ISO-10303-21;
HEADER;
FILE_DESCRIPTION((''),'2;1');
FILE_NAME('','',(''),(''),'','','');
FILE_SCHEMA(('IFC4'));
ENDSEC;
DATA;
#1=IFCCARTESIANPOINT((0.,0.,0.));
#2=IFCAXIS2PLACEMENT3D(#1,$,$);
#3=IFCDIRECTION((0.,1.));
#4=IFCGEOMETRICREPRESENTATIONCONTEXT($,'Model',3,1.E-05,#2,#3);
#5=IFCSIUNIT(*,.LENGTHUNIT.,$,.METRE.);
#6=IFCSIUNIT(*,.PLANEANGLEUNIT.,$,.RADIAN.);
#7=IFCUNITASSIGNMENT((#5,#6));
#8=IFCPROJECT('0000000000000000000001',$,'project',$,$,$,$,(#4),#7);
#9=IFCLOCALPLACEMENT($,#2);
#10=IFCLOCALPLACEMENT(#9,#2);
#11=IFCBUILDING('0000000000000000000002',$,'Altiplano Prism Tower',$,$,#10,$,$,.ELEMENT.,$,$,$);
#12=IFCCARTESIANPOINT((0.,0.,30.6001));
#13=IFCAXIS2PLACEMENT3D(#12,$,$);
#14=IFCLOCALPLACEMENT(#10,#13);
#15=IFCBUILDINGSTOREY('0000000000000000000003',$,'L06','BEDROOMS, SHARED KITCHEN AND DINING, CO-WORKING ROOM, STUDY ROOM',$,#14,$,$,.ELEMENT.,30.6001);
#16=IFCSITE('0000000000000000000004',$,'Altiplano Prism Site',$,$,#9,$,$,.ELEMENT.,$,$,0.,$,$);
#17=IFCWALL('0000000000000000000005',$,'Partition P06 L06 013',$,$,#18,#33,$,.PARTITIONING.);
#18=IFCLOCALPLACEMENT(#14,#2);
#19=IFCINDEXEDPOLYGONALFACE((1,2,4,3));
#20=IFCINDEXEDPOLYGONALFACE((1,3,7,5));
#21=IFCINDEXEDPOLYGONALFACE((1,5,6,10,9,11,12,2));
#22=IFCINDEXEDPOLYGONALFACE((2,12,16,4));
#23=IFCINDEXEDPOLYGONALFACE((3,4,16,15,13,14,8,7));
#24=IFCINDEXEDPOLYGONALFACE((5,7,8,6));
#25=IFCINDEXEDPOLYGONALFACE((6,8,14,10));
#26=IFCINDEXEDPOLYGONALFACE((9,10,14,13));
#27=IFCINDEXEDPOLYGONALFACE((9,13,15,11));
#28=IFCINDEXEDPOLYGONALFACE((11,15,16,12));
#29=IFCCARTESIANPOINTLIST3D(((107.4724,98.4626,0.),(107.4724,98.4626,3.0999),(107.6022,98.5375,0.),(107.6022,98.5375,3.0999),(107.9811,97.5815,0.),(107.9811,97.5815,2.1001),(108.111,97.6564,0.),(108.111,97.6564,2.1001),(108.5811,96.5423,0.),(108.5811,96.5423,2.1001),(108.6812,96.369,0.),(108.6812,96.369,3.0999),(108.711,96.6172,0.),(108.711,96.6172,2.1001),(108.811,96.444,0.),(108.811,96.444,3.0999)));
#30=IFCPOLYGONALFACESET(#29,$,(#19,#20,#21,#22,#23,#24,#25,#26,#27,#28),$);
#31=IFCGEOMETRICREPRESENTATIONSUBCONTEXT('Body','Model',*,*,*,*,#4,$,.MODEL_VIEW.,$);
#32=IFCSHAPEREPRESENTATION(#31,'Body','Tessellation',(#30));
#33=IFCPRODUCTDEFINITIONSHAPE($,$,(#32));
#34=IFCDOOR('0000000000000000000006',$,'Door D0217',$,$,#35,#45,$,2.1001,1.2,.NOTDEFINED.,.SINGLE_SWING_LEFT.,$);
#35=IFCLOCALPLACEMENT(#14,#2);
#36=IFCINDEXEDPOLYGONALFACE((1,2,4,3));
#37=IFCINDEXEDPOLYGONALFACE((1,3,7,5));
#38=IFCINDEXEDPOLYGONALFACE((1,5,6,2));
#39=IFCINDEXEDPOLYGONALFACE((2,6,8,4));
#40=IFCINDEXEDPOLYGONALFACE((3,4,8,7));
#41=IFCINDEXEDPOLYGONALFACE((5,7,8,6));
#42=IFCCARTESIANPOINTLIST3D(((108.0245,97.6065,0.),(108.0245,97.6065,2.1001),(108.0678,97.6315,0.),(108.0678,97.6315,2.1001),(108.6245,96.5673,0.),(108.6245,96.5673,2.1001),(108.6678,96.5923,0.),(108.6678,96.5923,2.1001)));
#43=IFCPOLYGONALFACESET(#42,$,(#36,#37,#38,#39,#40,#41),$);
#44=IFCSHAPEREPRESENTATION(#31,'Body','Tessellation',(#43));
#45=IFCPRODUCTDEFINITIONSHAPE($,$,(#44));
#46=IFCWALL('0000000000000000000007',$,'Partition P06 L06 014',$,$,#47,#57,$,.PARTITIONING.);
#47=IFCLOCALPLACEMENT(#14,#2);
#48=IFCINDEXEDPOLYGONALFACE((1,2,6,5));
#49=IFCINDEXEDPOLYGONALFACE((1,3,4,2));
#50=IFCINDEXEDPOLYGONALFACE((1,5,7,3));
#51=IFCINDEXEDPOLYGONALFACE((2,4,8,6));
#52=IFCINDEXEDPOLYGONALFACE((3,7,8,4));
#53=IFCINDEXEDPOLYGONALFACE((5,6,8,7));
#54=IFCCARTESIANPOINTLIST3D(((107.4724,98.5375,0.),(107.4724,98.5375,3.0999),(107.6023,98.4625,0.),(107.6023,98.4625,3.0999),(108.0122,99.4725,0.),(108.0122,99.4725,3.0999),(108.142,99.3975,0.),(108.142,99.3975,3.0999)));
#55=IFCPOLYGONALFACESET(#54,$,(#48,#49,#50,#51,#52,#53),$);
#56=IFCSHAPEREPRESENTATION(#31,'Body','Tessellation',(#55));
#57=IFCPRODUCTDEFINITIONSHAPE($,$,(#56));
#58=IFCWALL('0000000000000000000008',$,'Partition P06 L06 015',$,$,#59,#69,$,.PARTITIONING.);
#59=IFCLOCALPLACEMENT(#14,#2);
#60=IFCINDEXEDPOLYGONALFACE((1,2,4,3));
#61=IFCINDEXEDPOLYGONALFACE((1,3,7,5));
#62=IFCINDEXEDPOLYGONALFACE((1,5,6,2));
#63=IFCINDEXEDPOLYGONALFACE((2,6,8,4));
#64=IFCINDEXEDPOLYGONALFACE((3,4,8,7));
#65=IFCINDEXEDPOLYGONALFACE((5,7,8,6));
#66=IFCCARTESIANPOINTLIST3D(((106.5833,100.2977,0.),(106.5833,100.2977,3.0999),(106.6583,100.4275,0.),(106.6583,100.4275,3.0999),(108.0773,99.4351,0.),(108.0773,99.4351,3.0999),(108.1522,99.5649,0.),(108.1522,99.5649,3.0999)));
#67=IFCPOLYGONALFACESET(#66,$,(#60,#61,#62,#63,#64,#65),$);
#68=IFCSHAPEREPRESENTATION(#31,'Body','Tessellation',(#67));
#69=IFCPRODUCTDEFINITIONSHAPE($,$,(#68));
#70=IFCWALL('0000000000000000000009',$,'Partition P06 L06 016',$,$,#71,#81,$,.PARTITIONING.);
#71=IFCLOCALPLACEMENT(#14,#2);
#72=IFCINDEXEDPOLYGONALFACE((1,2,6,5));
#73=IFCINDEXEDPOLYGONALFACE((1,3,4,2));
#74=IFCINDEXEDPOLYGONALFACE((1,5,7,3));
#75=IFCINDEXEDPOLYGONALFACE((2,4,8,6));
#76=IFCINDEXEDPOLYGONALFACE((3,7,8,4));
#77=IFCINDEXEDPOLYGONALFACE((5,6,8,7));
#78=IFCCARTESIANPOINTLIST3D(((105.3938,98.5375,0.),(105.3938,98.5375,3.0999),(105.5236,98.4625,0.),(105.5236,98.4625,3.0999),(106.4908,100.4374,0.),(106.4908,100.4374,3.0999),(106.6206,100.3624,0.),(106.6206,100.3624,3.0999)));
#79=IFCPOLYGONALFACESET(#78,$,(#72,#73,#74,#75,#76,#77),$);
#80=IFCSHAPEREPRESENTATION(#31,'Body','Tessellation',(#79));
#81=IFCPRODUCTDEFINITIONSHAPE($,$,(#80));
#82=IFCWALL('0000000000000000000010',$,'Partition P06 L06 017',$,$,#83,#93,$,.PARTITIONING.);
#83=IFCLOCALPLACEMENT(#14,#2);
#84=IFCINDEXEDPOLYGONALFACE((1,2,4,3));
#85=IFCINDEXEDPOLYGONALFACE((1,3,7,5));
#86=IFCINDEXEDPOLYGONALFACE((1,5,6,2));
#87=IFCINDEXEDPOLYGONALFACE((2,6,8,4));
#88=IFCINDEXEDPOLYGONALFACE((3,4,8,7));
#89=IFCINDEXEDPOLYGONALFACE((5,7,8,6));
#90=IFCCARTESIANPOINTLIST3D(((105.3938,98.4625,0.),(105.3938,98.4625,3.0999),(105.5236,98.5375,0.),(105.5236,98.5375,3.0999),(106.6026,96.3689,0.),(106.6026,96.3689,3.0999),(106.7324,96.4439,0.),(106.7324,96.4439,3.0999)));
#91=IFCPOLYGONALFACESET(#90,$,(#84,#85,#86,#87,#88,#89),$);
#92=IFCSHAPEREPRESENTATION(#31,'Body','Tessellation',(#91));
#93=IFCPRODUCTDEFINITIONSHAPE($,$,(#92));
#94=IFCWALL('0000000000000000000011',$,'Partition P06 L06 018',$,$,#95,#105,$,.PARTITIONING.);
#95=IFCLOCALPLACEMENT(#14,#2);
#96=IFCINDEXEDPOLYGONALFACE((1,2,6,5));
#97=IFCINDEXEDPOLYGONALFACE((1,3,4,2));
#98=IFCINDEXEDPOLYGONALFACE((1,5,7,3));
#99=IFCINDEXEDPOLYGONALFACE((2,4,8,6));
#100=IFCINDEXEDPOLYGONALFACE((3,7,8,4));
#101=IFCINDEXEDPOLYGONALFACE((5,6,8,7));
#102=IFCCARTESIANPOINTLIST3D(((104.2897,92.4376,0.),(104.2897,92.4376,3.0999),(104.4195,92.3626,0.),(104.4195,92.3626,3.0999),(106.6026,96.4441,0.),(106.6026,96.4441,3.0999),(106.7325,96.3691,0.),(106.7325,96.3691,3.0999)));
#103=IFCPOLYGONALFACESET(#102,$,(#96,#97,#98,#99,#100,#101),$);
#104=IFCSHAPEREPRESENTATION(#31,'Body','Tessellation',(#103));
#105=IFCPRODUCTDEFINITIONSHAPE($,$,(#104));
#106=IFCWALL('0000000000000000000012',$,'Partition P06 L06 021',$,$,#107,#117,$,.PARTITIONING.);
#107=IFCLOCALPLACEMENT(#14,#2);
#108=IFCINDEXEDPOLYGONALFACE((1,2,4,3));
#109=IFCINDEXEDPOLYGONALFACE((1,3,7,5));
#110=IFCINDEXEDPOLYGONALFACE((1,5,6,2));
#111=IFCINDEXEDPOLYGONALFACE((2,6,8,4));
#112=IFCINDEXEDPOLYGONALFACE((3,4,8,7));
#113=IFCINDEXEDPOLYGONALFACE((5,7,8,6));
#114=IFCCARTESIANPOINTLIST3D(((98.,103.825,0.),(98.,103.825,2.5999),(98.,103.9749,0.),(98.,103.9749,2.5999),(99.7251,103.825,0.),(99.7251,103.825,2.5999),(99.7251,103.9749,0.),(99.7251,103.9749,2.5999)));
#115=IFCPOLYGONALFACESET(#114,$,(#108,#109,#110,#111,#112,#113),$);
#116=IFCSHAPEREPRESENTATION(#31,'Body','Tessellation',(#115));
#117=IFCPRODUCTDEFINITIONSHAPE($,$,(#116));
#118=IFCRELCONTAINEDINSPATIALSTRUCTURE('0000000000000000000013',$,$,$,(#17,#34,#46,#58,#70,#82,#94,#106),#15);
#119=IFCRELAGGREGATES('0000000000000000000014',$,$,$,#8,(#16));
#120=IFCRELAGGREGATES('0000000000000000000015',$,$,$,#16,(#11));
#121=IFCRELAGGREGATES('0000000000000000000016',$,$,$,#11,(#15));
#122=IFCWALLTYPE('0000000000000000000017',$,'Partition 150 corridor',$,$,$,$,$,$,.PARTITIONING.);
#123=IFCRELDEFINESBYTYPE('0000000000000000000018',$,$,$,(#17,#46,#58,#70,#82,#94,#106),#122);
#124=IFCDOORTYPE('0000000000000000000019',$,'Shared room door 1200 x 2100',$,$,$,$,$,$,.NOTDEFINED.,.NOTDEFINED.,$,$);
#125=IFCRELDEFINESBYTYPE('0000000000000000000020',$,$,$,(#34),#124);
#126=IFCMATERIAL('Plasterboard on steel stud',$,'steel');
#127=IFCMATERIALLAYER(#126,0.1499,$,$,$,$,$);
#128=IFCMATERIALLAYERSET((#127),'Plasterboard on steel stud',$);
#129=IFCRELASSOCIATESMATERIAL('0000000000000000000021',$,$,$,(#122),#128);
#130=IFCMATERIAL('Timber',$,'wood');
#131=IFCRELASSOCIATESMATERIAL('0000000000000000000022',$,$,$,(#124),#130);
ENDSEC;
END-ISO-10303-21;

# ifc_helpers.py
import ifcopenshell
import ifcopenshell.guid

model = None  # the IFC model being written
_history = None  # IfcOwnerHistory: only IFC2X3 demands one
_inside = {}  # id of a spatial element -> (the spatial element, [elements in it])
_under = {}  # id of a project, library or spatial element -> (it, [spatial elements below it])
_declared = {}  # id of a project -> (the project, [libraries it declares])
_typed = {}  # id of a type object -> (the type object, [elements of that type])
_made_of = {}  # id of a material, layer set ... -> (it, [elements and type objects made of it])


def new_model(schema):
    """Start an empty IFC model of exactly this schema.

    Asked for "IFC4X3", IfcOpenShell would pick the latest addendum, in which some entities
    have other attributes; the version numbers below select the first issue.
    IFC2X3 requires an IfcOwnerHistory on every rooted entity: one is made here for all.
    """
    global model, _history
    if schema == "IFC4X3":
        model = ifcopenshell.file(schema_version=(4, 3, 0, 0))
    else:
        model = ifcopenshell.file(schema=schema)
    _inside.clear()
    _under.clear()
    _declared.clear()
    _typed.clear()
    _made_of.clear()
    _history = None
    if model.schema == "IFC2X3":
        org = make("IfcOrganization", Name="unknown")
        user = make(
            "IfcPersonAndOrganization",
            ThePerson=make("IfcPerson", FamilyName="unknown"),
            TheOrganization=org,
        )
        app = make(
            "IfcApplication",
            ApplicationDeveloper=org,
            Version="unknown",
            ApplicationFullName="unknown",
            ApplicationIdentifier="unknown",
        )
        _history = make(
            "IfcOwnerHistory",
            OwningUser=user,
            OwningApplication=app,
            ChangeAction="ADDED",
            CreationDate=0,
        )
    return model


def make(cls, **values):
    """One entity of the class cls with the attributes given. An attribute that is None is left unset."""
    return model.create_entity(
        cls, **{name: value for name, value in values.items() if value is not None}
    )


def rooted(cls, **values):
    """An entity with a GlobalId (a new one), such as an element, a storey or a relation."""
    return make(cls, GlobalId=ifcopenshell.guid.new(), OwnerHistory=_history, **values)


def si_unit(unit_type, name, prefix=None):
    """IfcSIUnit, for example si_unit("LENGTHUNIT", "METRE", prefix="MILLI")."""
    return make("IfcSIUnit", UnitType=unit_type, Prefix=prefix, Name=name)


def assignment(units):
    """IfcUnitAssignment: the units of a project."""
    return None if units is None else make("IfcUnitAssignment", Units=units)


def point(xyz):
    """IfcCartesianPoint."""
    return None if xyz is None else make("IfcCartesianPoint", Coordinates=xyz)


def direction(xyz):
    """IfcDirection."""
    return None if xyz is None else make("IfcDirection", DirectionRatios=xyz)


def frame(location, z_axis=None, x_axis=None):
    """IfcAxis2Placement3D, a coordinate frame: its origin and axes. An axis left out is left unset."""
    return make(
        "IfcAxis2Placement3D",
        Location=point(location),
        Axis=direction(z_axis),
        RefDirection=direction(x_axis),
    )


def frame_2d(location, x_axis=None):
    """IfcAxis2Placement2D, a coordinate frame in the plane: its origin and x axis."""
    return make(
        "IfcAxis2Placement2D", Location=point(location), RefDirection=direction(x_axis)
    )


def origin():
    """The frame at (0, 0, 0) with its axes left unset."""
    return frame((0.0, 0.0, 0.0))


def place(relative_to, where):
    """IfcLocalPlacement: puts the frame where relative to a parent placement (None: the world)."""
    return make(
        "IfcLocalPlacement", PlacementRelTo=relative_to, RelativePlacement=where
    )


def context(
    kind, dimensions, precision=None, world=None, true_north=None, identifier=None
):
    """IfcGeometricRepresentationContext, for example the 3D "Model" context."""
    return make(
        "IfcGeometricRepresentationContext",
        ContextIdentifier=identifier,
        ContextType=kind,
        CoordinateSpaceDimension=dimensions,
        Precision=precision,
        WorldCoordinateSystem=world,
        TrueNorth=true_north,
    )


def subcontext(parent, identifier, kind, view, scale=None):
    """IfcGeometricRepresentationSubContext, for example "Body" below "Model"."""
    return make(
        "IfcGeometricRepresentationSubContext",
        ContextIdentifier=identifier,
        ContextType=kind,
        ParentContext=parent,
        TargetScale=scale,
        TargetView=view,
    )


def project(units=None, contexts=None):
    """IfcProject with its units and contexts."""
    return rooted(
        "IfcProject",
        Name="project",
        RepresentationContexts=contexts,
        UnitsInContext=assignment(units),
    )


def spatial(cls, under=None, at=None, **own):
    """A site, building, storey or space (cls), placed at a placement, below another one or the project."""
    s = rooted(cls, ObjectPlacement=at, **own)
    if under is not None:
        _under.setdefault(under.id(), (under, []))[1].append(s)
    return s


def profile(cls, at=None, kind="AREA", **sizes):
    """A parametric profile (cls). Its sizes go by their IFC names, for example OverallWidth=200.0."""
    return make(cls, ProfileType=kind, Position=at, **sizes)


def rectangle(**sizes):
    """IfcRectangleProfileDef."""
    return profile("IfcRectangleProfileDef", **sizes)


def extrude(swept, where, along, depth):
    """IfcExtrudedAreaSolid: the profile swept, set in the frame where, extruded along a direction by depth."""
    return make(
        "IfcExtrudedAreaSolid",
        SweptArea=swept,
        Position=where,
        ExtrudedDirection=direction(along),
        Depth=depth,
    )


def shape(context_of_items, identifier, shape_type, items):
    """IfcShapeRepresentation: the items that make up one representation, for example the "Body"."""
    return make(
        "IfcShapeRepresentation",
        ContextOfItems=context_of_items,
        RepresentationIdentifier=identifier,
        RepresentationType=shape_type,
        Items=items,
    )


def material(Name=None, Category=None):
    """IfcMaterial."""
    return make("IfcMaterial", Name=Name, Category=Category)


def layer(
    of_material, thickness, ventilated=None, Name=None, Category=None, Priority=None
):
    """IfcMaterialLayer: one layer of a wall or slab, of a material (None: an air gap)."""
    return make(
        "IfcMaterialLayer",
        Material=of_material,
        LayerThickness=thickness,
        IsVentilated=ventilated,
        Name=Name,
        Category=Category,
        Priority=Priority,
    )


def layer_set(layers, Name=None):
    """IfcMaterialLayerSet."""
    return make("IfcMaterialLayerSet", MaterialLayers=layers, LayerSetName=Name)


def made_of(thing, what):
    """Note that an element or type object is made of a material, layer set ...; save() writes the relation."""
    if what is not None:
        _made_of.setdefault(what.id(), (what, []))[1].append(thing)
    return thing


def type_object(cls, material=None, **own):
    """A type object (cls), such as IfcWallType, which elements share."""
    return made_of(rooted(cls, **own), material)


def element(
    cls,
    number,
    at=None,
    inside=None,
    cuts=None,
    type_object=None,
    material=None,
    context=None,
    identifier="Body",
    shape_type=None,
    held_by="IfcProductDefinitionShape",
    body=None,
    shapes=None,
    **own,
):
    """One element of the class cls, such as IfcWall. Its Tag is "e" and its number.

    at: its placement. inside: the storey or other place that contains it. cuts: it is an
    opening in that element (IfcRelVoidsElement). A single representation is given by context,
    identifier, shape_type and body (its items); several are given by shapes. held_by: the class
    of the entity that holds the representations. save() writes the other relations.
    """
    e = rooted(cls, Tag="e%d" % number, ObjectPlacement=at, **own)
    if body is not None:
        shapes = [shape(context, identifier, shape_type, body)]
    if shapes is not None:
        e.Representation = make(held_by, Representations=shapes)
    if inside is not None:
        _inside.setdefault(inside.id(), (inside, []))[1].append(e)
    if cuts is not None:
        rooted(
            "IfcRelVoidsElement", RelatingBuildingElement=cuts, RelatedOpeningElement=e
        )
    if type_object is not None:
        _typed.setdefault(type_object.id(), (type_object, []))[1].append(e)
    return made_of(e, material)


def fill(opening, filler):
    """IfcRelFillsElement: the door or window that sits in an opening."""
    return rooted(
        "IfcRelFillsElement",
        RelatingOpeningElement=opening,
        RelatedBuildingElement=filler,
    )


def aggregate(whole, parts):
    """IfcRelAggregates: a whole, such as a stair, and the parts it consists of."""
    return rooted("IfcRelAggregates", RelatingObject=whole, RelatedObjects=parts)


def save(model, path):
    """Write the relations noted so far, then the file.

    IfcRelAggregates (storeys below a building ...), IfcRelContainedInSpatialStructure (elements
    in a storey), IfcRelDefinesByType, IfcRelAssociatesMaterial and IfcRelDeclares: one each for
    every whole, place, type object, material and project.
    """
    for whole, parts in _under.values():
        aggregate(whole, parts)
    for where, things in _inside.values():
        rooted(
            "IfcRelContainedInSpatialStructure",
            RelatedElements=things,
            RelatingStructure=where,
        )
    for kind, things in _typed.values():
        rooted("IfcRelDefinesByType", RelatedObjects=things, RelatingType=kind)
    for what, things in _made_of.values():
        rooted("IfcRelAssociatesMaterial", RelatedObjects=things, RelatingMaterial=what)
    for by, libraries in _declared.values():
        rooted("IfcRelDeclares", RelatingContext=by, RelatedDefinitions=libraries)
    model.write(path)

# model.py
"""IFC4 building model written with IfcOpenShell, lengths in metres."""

from ifc_helpers import new_model, si_unit, direction, frame, frame_2d, origin, place, context, subcontext, project, spatial, rectangle, extrude, material, layer, layer_set, type_object, element, fill, save


model = new_model("IFC4")

# Units and contexts
model_context = context("Model", 3, precision=1e-05, world=origin(), true_north=direction((0.0, 1.0)))
body_context = subcontext(model_context, "Body", "Model", "MODEL_VIEW")
ifc_project = project(units=[si_unit("LENGTHUNIT", "METRE"), si_unit("PLANEANGLEUNIT", "RADIAN")], contexts=[model_context])

# Site, building, storey
site_placement = place(None, origin())
site = spatial("IfcSite", under=ifc_project, at=site_placement, Name="Altiplano Prism Site", CompositionType="ELEMENT", RefElevation=0.0)
building_placement = place(site_placement, origin())
building = spatial("IfcBuilding", under=site, at=building_placement, Name="Altiplano Prism Tower", CompositionType="ELEMENT")
storey_placement = place(building_placement, frame((0.0, 0.0, 30.6001)))
storey = spatial("IfcBuildingStorey", under=building, at=storey_placement, Name="L06", Description="BEDROOMS, SHARED KITCHEN AND DINING, CO-WORKING ROOM, STUDY ROOM", CompositionType="ELEMENT", Elevation=30.6001)

# Shared definitions
ifc_material_1 = material(Name="Plasterboard on steel stud", Category="steel")

# Wall, opening, door
ifc_layer_1 = layer(ifc_material_1, 0.1499)
ifc_layer_set_1 = layer_set([ifc_layer_1], Name="Plasterboard on steel stud")
wall_type_1 = type_object("IfcWallType", Name="Partition 150 corridor", PredefinedType="PARTITIONING", material=ifc_layer_set_1)
wall_1_placement = place(storey_placement, frame((108.7461, 96.4065, 0.0), z_axis=(0.0, 0.0, 1.0), x_axis=(-0.500017, 0.866016, 0.0)))
wall_1 = element("IfcWall", 1, at=wall_1_placement, inside=storey, type_object=wall_type_1, Name="Partition P06 L06 013", PredefinedType="PARTITIONING", context=body_context, shape_type="SweptSolid", body=[
    extrude(rectangle(XDim=2.4175, YDim=0.1499, at=frame_2d((1.2087, 0.0))), origin(), (0.0, 0.0, 1.0), 3.0999),
])
opening_placement = place(wall_1_placement, frame((0.2, 0.0, 0.0)))
opening = element("IfcOpeningElement", 2, at=opening_placement, cuts=wall_1, PredefinedType="OPENING", context=body_context, shape_type="SweptSolid", body=[
    extrude(rectangle(XDim=1.2, YDim=2.1001, at=frame_2d((0.6001, 1.05))), frame((0.0, 0.0854, 0.0), z_axis=(0.0, -1.0, 0.0), x_axis=(1.0, 0.0, 0.0)), (0.0, 0.0, 1.0), 0.1709),
])
ifc_material_2 = material(Name="Timber", Category="wood")
door_type = type_object("IfcDoorType", Name="Shared room door 1200 x 2100", OperationType="NOTDEFINED", PredefinedType="NOTDEFINED", material=ifc_material_2)
door_placement = place(opening_placement, origin())
door = element("IfcDoor", 3, at=door_placement, inside=storey, type_object=door_type, Name="Door D0217", OperationType="SINGLE_SWING_LEFT", OverallHeight=2.1001, OverallWidth=1.2, PredefinedType="NOTDEFINED", context=body_context, shape_type="SweptSolid", body=[
    extrude(rectangle(XDim=1.2, YDim=2.1001, at=frame_2d((0.6001, 1.05))), frame((0.0, 0.0249, 0.0), z_axis=(0.0, -1.0, 0.0), x_axis=(1.0, 0.0, 0.0)), (0.0, 0.0, 1.0), 0.05),
])
fill(opening, door)

# Walls
wall_2_placement = place(storey_placement, frame((107.5374, 98.5, 0.0), z_axis=(0.0, 0.0, 1.0), x_axis=(0.499957, 0.86605, 0.0)))
element("IfcWall", 4, at=wall_2_placement, inside=storey, type_object=wall_type_1, Name="Partition P06 L06 014", PredefinedType="PARTITIONING", context=body_context, shape_type="SweptSolid", body=[
    extrude(rectangle(XDim=1.0796, YDim=0.1499, at=frame_2d((0.5398, 0.0))), origin(), (0.0, 0.0, 1.0), 3.0999),
])
wall_3_placement = place(storey_placement, frame((108.1147, 99.5, 0.0), z_axis=(0.0, 0.0, 1.0), x_axis=(-0.866014, 0.500021, 0.0)))
element("IfcWall", 5, at=wall_3_placement, inside=storey, type_object=wall_type_1, Name="Partition P06 L06 015", PredefinedType="PARTITIONING", context=body_context, shape_type="SweptSolid", body=[
    extrude(rectangle(XDim=1.7251, YDim=0.1499, at=frame_2d((0.8625, 0.0))), origin(), (0.0, 0.0, 1.0), 3.0999),
])
wall_4_placement = place(storey_placement, frame((106.5557, 100.3999, 0.0), z_axis=(0.0, 0.0, 1.0), x_axis=(-0.500005, -0.866023, 0.0)))
element("IfcWall", 6, at=wall_4_placement, inside=storey, type_object=wall_type_1, Name="Partition P06 L06 016", PredefinedType="PARTITIONING", context=body_context, shape_type="SweptSolid", body=[
    extrude(rectangle(XDim=2.1938, YDim=0.1499, at=frame_2d((1.0969, 0.0))), origin(), (0.0, 0.0, 1.0), 3.0999),
])
wall_5_placement = place(storey_placement, frame((105.4587, 98.5, 0.0), z_axis=(0.0, 0.0, 1.0), x_axis=(0.500017, -0.866016, 0.0)))
element("IfcWall", 7, at=wall_5_placement, inside=storey, type_object=wall_type_1, Name="Partition P06 L06 017", PredefinedType="PARTITIONING", context=body_context, shape_type="SweptSolid", body=[
    extrude(rectangle(XDim=2.4175, YDim=0.1499, at=frame_2d((1.2087, 0.0))), origin(), (0.0, 0.0, 1.0), 3.0999),
])
wall_6_placement = place(storey_placement, frame((106.6675, 96.4065, 0.0), z_axis=(0.0, 0.0, 1.0), x_axis=(-0.499965, -0.866046, 0.0)))
element("IfcWall", 8, at=wall_6_placement, inside=storey, type_object=wall_type_1, Name="Partition P06 L06 018", PredefinedType="PARTITIONING", context=body_context, shape_type="SweptSolid", body=[
    extrude(rectangle(XDim=4.6262, YDim=0.1499, at=frame_2d((2.313, 0.0))), origin(), (0.0, 0.0, 1.0), 3.0999),
])
wall_7_placement = place(storey_placement, frame((99.7251, 103.8999, 0.0), z_axis=(0.0, 0.0, 1.0), x_axis=(-1.0, 0.0, 0.0)))
element("IfcWall", 9, at=wall_7_placement, inside=storey, type_object=wall_type_1, Name="Partition P06 L06 021", PredefinedType="PARTITIONING", context=body_context, shape_type="SweptSolid", body=[
    extrude(rectangle(XDim=1.7251, YDim=0.1499, at=frame_2d((0.8625, 0.0))), origin(), (0.0, 0.0, 1.0), 2.5999),
])

save(model, "model.ifc")
